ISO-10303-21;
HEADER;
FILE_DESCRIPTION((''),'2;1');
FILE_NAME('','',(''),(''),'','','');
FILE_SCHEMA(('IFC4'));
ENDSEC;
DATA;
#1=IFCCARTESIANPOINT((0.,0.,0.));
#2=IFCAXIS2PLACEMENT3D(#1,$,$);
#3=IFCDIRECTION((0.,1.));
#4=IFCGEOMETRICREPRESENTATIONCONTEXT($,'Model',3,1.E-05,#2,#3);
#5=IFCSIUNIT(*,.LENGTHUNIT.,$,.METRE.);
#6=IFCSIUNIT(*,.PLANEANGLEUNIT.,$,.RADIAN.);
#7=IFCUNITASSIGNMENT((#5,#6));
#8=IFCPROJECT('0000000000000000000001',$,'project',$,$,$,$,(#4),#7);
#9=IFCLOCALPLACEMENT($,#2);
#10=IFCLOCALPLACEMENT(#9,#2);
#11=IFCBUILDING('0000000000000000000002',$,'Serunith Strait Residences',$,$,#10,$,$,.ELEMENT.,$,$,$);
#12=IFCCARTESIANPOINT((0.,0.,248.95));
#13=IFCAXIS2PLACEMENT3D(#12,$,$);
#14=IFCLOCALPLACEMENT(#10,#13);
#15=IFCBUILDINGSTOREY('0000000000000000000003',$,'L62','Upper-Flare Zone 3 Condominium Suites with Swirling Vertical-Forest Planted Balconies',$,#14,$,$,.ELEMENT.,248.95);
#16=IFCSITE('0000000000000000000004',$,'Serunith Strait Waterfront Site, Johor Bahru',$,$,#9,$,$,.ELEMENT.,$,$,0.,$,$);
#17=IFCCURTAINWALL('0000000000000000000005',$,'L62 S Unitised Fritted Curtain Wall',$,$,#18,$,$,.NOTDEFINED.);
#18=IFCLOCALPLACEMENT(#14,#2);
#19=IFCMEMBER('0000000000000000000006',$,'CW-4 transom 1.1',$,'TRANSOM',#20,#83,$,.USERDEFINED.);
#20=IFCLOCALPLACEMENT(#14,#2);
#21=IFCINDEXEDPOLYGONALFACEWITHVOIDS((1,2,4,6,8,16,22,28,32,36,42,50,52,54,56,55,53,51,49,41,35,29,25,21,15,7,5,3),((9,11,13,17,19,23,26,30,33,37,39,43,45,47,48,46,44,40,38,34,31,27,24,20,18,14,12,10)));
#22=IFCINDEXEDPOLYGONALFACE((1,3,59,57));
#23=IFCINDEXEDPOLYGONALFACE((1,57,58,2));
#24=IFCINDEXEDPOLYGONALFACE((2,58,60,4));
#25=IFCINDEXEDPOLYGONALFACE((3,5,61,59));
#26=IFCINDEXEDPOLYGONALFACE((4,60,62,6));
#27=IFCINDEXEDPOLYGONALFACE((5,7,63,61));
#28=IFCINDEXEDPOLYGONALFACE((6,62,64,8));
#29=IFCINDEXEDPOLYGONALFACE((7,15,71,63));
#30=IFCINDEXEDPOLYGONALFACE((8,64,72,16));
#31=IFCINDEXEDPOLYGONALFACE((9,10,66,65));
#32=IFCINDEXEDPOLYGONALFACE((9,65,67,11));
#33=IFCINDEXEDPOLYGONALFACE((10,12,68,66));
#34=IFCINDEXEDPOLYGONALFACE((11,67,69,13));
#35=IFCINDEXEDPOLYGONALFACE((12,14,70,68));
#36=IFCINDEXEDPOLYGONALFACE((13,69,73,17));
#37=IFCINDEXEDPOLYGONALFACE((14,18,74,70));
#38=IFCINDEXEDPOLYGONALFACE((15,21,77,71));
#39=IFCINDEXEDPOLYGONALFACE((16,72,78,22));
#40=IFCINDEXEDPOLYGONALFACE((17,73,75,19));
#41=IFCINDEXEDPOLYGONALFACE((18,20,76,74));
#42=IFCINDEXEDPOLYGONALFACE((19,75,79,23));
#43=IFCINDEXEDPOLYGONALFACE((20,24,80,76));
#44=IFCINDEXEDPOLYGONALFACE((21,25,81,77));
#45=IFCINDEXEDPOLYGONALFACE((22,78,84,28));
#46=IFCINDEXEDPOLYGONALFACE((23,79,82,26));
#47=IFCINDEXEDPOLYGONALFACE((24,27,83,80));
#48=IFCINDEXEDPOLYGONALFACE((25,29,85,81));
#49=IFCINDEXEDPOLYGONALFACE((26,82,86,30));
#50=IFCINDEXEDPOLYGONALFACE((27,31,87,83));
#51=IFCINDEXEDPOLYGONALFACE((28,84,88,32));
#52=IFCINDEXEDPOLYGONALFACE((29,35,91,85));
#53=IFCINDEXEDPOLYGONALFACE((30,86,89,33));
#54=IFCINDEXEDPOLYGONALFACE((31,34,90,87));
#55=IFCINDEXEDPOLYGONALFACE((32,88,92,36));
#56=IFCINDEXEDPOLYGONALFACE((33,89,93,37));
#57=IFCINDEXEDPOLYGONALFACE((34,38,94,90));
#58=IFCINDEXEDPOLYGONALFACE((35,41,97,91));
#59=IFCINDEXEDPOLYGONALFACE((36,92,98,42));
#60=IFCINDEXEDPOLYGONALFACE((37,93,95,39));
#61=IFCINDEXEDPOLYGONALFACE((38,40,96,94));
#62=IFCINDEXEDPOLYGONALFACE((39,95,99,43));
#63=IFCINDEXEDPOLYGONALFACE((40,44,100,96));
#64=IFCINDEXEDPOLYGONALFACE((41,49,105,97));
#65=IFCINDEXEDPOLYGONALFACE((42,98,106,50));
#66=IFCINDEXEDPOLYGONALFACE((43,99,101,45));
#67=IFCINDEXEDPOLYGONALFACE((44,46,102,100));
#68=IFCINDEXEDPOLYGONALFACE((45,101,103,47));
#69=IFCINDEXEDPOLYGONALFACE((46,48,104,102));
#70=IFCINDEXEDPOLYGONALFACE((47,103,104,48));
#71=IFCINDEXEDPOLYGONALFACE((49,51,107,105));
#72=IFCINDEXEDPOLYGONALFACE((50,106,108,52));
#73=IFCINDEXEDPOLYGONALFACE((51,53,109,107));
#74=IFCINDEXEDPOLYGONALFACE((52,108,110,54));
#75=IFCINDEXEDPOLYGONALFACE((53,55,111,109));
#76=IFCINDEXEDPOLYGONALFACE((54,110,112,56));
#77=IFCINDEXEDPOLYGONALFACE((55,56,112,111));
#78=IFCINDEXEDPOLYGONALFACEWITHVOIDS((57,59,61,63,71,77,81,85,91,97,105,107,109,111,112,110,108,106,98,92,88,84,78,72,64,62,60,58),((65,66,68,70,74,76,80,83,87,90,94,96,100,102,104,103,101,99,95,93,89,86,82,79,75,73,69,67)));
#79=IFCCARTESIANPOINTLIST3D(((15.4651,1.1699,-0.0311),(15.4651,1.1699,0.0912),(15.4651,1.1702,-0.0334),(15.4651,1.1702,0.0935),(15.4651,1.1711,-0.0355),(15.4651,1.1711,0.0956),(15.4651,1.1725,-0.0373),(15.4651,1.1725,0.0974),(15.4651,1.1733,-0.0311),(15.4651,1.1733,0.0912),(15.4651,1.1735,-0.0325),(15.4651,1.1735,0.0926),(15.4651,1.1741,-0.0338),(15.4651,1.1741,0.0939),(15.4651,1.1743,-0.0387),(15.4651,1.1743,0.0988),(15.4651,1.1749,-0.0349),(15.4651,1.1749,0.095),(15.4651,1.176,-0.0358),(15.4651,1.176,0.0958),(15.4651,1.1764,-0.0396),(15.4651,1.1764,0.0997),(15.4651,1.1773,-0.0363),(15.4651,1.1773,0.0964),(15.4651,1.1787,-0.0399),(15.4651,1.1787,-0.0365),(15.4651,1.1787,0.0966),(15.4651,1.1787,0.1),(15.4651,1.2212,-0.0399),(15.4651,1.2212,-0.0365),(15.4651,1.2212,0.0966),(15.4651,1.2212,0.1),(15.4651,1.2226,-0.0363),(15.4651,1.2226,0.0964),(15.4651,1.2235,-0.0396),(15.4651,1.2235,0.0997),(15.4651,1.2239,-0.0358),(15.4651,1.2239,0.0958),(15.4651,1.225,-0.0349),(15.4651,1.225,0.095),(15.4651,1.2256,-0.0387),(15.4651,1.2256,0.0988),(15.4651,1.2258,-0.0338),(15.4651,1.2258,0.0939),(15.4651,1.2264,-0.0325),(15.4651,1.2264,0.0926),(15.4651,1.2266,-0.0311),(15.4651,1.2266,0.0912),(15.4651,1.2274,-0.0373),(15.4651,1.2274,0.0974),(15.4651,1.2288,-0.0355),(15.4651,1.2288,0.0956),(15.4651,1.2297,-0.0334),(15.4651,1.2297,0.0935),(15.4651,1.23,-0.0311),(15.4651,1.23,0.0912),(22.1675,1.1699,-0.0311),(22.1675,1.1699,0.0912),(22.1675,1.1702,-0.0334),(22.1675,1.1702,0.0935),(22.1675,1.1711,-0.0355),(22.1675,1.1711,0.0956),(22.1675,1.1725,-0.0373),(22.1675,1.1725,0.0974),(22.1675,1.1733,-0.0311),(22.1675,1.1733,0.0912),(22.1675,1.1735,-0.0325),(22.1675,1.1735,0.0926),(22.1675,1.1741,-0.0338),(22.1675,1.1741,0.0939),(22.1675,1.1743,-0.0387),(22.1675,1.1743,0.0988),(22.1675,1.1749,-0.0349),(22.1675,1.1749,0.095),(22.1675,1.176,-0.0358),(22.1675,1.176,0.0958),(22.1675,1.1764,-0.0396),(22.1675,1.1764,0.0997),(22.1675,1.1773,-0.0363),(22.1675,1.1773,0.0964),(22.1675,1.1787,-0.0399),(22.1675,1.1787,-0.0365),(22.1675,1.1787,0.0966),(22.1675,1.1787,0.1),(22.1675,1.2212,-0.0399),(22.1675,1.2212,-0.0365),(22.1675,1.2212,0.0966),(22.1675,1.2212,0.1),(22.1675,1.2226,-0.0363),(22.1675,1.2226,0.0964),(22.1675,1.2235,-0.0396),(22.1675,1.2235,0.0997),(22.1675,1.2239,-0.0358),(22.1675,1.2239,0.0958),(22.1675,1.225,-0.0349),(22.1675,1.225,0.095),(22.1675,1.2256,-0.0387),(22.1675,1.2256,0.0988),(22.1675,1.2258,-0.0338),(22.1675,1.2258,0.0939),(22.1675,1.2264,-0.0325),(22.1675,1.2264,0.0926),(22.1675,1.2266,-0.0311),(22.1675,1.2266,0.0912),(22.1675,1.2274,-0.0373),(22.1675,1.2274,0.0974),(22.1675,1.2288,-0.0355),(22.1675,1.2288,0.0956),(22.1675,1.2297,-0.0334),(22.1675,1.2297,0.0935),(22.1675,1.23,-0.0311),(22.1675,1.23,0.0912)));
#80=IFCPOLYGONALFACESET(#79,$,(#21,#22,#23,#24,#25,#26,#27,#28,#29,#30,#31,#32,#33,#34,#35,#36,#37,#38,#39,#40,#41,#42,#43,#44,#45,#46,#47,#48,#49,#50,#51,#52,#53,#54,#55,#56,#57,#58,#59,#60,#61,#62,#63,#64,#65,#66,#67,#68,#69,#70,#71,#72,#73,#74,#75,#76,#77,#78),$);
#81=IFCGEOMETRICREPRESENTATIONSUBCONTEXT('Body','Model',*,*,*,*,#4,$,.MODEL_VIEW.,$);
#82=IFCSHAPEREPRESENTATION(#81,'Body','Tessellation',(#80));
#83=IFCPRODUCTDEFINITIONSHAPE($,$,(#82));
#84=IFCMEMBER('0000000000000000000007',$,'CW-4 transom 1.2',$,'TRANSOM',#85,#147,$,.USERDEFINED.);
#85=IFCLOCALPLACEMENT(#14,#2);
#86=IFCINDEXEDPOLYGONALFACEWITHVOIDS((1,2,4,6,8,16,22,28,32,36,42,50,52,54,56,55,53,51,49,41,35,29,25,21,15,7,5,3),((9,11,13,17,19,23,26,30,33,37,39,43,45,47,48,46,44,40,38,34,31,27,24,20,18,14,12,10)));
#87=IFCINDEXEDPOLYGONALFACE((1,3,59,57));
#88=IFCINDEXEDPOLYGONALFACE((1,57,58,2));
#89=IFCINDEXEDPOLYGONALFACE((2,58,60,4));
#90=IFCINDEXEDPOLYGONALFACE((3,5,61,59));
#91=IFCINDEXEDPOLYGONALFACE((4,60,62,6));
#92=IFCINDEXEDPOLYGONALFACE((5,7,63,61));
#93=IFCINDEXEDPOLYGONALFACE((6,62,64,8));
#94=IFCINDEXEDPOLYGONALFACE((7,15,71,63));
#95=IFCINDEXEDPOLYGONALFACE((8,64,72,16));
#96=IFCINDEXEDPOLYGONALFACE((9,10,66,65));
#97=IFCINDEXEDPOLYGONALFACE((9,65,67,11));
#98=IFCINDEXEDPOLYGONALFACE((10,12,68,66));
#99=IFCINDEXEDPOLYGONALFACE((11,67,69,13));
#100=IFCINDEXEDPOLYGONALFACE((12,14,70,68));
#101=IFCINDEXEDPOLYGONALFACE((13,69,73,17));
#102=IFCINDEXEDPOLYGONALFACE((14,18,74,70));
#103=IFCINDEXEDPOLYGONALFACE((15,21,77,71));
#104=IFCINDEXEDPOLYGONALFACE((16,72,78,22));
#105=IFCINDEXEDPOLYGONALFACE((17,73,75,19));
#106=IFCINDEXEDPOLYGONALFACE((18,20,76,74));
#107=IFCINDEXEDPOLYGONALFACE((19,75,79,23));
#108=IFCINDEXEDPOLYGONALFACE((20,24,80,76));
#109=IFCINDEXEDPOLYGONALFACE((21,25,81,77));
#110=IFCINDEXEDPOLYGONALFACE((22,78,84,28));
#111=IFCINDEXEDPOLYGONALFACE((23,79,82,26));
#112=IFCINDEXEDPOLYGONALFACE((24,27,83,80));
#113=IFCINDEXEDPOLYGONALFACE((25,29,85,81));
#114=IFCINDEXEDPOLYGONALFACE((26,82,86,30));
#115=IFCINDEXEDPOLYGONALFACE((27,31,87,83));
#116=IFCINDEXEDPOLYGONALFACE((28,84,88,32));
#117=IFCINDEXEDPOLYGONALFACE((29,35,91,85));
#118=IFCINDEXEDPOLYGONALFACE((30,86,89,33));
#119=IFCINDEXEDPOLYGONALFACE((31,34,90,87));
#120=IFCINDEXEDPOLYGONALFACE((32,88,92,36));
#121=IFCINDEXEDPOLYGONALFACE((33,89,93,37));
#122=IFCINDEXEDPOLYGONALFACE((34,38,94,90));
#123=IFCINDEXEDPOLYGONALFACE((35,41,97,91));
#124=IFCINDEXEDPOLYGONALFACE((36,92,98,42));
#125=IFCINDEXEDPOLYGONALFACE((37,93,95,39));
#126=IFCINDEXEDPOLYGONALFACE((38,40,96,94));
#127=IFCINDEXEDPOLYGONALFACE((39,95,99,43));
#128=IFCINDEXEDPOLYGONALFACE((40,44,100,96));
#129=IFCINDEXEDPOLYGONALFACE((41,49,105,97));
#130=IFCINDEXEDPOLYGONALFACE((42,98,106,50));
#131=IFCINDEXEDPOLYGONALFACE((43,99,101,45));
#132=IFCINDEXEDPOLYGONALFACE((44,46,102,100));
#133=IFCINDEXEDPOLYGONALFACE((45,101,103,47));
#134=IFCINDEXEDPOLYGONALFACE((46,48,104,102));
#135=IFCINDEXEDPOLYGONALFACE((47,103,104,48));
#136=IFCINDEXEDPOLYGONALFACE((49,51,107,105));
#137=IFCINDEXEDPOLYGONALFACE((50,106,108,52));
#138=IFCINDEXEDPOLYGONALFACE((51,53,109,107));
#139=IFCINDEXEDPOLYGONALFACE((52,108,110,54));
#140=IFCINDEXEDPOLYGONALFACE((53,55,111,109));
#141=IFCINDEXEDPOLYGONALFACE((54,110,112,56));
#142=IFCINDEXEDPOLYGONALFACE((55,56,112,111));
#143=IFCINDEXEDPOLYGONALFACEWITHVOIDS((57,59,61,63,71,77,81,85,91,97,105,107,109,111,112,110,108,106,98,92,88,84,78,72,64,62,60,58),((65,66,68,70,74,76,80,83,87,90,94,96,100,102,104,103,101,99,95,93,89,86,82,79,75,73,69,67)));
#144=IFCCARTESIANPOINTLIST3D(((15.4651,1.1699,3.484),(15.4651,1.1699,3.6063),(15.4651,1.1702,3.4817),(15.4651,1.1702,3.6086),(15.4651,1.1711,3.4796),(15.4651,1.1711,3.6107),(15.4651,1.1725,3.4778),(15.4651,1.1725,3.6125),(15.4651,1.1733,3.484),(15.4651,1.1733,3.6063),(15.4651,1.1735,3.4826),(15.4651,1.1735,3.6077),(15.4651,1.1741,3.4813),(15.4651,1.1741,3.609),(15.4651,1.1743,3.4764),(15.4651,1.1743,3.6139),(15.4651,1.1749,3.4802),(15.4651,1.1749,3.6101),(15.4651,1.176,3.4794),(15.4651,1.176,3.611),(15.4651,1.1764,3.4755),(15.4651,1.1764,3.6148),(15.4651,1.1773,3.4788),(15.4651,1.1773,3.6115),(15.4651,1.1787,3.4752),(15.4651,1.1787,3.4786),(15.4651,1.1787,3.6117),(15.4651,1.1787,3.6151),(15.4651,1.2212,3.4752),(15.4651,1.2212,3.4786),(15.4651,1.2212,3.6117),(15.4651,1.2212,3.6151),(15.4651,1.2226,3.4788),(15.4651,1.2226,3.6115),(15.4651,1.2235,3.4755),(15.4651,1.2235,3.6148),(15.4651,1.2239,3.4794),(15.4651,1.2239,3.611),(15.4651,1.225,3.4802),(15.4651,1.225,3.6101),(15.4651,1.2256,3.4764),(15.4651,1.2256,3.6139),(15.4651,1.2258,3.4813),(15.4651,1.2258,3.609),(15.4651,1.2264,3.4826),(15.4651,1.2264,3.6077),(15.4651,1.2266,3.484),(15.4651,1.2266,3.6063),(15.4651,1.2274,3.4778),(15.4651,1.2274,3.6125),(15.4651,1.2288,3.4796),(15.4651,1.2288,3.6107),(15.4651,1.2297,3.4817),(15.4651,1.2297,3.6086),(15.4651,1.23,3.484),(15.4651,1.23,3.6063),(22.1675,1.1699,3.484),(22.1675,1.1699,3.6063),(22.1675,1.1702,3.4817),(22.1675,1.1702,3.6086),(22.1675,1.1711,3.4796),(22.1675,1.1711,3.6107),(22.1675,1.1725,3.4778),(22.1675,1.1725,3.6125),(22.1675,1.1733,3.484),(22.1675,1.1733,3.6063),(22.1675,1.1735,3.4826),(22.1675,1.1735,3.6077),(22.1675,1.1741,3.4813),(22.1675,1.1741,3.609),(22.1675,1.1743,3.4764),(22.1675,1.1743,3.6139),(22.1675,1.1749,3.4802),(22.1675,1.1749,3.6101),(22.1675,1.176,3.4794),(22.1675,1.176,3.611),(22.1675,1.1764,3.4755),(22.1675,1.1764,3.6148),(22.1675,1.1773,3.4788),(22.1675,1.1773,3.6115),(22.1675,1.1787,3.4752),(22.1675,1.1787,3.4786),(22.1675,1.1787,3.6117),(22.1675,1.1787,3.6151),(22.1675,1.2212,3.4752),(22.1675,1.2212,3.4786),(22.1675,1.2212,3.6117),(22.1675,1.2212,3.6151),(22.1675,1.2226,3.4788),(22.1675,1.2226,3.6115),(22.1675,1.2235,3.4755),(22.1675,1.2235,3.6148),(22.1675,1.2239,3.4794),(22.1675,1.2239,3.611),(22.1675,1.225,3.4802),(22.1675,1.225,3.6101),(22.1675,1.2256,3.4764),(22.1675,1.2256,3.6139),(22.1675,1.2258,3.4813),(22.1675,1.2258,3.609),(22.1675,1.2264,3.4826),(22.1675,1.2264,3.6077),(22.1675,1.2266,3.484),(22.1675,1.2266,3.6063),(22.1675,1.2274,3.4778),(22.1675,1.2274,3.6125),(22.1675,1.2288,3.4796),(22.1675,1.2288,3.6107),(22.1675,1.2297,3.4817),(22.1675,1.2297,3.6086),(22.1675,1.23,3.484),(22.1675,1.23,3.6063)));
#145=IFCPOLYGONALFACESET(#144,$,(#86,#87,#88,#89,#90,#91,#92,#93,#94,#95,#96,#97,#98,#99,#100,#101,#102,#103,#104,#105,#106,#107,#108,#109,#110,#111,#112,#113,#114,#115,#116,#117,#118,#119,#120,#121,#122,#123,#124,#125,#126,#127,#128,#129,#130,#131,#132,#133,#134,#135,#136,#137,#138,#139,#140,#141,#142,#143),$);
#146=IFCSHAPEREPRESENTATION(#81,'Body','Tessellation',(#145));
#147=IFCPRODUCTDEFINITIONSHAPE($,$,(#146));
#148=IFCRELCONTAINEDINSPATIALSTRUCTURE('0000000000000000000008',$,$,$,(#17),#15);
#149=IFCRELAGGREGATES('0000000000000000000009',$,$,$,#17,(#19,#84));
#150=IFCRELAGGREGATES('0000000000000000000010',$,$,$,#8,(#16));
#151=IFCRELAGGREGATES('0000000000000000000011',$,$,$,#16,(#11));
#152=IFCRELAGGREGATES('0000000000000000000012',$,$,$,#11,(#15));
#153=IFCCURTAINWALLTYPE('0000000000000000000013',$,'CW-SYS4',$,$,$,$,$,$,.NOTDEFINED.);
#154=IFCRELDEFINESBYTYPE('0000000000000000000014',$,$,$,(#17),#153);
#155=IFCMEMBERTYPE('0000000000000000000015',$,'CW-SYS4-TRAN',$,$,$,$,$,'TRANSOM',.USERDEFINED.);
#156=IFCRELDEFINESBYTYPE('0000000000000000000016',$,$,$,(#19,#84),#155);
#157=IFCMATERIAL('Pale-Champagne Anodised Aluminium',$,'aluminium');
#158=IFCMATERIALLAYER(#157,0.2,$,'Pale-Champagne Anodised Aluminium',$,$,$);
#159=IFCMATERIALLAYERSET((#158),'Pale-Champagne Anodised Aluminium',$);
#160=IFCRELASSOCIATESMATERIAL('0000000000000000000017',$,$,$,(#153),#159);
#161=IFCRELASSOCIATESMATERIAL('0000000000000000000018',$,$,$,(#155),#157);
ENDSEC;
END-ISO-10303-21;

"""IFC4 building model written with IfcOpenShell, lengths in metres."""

from ifc_helpers import new_model, si_unit, direction, frame, origin, origin_2d, place, context, subcontext, project, spatial, hollow_rectangle, extrude, source, transform, mapped, material, layer, layer_set, material_profile, profile_set, type_object, element, aggregate, save


model = new_model("IFC4")

# Units and contexts
model_context = context("Model", 3, precision=1e-05, world=origin(), true_north=direction((0.0, 1.0)))
body_context = subcontext(model_context, "Body", "Model", "MODEL_VIEW")
ifc_project = project(units=[si_unit("LENGTHUNIT", "METRE"), si_unit("PLANEANGLEUNIT", "RADIAN")], contexts=[model_context])

# Site, building, storey
site_placement = place(None, origin())
site = spatial("IfcSite", under=ifc_project, at=site_placement, Name="Serunith Strait Waterfront Site, Johor Bahru", CompositionType="ELEMENT", RefElevation=0.0)
building_placement = place(site_placement, origin())
building = spatial("IfcBuilding", under=site, at=building_placement, Name="Serunith Strait Residences", CompositionType="ELEMENT")
storey_placement = place(building_placement, frame((0.0, 0.0, 248.95)))
storey = spatial("IfcBuildingStorey", under=building, at=storey_placement, Name="L62", Description="Upper-Flare Zone 3 Condominium Suites with Swirling Vertical-Forest Planted Balconies", CompositionType="ELEMENT", Elevation=248.95)

# Curtain wall
ifc_material_1 = material(Name="Pale-Champagne Anodised Aluminium", Category="aluminium")
ifc_layer_1 = layer(ifc_material_1, 0.2, Name="Pale-Champagne Anodised Aluminium")
ifc_layer_set_1 = layer_set([ifc_layer_1], Name="Pale-Champagne Anodised Aluminium")
curtain_wall_type = type_object("IfcCurtainWallType", Name="CW-SYS4", PredefinedType="NOTDEFINED", material=ifc_layer_set_1)
curtain_wall_1_placement = place(storey_placement, origin())
curtain_wall_1 = element("IfcCurtainWall", 1, at=curtain_wall_1_placement, inside=storey, type_object=curtain_wall_type, Name="L62 S Unitised Fritted Curtain Wall", PredefinedType="NOTDEFINED")

# Members
ifc_material_profile_1 = material_profile(ifc_material_1, hollow_rectangle(XDim=0.0601, YDim=0.1399, WallThickness=0.0034, InnerFilletRadius=0.0054, OuterFilletRadius=0.0088, at=origin_2d()), Name="ALU 140x60x3.5")
ifc_profile_set_1 = profile_set([ifc_material_profile_1], Name="Pale-Champagne Anodised Aluminium")
member_type_1 = type_object("IfcMemberType", Name="CW-SYS4-TRAN", ElementType="TRANSOM", PredefinedType="USERDEFINED", material=ifc_profile_set_1)
shared_shape_1 = source(origin(), body_context, "Body", "SweptSolid", [
    extrude(hollow_rectangle(XDim=0.0601, YDim=0.1399, WallThickness=0.0034, InnerFilletRadius=0.0054, OuterFilletRadius=0.0088, at=origin_2d()), origin(), (0.0, 0.0, 1.0), 6.7024),
])
member_1_placement = place(storey_placement, frame((15.4651, 1.2, 0.03), z_axis=(1.0, 0.0, 0.0), x_axis=(0.0, 1.0, 0.0)))
member_1 = element("IfcMember", 2, at=member_1_placement, type_object=member_type_1, Name="CW-4 transom 1.1", ObjectType="TRANSOM", PredefinedType="USERDEFINED", context=body_context, shape_type="MappedRepresentation", body=[
    mapped(shared_shape_1, transform((0.0, 0.0, 0.0), scale=1.0)),
])
member_2_placement = place(storey_placement, frame((15.4651, 1.2, 3.5452), z_axis=(1.0, 0.0, 0.0), x_axis=(0.0, 1.0, 0.0)))
member_2 = element("IfcMember", 3, at=member_2_placement, type_object=member_type_1, Name="CW-4 transom 1.2", ObjectType="TRANSOM", PredefinedType="USERDEFINED", context=body_context, shape_type="MappedRepresentation", body=[
    mapped(shared_shape_1, transform((0.0, 0.0, 0.0), scale=1.0)),
])
aggregate(curtain_wall_1, [member_1, member_2])

save(model, "model.ifc")
